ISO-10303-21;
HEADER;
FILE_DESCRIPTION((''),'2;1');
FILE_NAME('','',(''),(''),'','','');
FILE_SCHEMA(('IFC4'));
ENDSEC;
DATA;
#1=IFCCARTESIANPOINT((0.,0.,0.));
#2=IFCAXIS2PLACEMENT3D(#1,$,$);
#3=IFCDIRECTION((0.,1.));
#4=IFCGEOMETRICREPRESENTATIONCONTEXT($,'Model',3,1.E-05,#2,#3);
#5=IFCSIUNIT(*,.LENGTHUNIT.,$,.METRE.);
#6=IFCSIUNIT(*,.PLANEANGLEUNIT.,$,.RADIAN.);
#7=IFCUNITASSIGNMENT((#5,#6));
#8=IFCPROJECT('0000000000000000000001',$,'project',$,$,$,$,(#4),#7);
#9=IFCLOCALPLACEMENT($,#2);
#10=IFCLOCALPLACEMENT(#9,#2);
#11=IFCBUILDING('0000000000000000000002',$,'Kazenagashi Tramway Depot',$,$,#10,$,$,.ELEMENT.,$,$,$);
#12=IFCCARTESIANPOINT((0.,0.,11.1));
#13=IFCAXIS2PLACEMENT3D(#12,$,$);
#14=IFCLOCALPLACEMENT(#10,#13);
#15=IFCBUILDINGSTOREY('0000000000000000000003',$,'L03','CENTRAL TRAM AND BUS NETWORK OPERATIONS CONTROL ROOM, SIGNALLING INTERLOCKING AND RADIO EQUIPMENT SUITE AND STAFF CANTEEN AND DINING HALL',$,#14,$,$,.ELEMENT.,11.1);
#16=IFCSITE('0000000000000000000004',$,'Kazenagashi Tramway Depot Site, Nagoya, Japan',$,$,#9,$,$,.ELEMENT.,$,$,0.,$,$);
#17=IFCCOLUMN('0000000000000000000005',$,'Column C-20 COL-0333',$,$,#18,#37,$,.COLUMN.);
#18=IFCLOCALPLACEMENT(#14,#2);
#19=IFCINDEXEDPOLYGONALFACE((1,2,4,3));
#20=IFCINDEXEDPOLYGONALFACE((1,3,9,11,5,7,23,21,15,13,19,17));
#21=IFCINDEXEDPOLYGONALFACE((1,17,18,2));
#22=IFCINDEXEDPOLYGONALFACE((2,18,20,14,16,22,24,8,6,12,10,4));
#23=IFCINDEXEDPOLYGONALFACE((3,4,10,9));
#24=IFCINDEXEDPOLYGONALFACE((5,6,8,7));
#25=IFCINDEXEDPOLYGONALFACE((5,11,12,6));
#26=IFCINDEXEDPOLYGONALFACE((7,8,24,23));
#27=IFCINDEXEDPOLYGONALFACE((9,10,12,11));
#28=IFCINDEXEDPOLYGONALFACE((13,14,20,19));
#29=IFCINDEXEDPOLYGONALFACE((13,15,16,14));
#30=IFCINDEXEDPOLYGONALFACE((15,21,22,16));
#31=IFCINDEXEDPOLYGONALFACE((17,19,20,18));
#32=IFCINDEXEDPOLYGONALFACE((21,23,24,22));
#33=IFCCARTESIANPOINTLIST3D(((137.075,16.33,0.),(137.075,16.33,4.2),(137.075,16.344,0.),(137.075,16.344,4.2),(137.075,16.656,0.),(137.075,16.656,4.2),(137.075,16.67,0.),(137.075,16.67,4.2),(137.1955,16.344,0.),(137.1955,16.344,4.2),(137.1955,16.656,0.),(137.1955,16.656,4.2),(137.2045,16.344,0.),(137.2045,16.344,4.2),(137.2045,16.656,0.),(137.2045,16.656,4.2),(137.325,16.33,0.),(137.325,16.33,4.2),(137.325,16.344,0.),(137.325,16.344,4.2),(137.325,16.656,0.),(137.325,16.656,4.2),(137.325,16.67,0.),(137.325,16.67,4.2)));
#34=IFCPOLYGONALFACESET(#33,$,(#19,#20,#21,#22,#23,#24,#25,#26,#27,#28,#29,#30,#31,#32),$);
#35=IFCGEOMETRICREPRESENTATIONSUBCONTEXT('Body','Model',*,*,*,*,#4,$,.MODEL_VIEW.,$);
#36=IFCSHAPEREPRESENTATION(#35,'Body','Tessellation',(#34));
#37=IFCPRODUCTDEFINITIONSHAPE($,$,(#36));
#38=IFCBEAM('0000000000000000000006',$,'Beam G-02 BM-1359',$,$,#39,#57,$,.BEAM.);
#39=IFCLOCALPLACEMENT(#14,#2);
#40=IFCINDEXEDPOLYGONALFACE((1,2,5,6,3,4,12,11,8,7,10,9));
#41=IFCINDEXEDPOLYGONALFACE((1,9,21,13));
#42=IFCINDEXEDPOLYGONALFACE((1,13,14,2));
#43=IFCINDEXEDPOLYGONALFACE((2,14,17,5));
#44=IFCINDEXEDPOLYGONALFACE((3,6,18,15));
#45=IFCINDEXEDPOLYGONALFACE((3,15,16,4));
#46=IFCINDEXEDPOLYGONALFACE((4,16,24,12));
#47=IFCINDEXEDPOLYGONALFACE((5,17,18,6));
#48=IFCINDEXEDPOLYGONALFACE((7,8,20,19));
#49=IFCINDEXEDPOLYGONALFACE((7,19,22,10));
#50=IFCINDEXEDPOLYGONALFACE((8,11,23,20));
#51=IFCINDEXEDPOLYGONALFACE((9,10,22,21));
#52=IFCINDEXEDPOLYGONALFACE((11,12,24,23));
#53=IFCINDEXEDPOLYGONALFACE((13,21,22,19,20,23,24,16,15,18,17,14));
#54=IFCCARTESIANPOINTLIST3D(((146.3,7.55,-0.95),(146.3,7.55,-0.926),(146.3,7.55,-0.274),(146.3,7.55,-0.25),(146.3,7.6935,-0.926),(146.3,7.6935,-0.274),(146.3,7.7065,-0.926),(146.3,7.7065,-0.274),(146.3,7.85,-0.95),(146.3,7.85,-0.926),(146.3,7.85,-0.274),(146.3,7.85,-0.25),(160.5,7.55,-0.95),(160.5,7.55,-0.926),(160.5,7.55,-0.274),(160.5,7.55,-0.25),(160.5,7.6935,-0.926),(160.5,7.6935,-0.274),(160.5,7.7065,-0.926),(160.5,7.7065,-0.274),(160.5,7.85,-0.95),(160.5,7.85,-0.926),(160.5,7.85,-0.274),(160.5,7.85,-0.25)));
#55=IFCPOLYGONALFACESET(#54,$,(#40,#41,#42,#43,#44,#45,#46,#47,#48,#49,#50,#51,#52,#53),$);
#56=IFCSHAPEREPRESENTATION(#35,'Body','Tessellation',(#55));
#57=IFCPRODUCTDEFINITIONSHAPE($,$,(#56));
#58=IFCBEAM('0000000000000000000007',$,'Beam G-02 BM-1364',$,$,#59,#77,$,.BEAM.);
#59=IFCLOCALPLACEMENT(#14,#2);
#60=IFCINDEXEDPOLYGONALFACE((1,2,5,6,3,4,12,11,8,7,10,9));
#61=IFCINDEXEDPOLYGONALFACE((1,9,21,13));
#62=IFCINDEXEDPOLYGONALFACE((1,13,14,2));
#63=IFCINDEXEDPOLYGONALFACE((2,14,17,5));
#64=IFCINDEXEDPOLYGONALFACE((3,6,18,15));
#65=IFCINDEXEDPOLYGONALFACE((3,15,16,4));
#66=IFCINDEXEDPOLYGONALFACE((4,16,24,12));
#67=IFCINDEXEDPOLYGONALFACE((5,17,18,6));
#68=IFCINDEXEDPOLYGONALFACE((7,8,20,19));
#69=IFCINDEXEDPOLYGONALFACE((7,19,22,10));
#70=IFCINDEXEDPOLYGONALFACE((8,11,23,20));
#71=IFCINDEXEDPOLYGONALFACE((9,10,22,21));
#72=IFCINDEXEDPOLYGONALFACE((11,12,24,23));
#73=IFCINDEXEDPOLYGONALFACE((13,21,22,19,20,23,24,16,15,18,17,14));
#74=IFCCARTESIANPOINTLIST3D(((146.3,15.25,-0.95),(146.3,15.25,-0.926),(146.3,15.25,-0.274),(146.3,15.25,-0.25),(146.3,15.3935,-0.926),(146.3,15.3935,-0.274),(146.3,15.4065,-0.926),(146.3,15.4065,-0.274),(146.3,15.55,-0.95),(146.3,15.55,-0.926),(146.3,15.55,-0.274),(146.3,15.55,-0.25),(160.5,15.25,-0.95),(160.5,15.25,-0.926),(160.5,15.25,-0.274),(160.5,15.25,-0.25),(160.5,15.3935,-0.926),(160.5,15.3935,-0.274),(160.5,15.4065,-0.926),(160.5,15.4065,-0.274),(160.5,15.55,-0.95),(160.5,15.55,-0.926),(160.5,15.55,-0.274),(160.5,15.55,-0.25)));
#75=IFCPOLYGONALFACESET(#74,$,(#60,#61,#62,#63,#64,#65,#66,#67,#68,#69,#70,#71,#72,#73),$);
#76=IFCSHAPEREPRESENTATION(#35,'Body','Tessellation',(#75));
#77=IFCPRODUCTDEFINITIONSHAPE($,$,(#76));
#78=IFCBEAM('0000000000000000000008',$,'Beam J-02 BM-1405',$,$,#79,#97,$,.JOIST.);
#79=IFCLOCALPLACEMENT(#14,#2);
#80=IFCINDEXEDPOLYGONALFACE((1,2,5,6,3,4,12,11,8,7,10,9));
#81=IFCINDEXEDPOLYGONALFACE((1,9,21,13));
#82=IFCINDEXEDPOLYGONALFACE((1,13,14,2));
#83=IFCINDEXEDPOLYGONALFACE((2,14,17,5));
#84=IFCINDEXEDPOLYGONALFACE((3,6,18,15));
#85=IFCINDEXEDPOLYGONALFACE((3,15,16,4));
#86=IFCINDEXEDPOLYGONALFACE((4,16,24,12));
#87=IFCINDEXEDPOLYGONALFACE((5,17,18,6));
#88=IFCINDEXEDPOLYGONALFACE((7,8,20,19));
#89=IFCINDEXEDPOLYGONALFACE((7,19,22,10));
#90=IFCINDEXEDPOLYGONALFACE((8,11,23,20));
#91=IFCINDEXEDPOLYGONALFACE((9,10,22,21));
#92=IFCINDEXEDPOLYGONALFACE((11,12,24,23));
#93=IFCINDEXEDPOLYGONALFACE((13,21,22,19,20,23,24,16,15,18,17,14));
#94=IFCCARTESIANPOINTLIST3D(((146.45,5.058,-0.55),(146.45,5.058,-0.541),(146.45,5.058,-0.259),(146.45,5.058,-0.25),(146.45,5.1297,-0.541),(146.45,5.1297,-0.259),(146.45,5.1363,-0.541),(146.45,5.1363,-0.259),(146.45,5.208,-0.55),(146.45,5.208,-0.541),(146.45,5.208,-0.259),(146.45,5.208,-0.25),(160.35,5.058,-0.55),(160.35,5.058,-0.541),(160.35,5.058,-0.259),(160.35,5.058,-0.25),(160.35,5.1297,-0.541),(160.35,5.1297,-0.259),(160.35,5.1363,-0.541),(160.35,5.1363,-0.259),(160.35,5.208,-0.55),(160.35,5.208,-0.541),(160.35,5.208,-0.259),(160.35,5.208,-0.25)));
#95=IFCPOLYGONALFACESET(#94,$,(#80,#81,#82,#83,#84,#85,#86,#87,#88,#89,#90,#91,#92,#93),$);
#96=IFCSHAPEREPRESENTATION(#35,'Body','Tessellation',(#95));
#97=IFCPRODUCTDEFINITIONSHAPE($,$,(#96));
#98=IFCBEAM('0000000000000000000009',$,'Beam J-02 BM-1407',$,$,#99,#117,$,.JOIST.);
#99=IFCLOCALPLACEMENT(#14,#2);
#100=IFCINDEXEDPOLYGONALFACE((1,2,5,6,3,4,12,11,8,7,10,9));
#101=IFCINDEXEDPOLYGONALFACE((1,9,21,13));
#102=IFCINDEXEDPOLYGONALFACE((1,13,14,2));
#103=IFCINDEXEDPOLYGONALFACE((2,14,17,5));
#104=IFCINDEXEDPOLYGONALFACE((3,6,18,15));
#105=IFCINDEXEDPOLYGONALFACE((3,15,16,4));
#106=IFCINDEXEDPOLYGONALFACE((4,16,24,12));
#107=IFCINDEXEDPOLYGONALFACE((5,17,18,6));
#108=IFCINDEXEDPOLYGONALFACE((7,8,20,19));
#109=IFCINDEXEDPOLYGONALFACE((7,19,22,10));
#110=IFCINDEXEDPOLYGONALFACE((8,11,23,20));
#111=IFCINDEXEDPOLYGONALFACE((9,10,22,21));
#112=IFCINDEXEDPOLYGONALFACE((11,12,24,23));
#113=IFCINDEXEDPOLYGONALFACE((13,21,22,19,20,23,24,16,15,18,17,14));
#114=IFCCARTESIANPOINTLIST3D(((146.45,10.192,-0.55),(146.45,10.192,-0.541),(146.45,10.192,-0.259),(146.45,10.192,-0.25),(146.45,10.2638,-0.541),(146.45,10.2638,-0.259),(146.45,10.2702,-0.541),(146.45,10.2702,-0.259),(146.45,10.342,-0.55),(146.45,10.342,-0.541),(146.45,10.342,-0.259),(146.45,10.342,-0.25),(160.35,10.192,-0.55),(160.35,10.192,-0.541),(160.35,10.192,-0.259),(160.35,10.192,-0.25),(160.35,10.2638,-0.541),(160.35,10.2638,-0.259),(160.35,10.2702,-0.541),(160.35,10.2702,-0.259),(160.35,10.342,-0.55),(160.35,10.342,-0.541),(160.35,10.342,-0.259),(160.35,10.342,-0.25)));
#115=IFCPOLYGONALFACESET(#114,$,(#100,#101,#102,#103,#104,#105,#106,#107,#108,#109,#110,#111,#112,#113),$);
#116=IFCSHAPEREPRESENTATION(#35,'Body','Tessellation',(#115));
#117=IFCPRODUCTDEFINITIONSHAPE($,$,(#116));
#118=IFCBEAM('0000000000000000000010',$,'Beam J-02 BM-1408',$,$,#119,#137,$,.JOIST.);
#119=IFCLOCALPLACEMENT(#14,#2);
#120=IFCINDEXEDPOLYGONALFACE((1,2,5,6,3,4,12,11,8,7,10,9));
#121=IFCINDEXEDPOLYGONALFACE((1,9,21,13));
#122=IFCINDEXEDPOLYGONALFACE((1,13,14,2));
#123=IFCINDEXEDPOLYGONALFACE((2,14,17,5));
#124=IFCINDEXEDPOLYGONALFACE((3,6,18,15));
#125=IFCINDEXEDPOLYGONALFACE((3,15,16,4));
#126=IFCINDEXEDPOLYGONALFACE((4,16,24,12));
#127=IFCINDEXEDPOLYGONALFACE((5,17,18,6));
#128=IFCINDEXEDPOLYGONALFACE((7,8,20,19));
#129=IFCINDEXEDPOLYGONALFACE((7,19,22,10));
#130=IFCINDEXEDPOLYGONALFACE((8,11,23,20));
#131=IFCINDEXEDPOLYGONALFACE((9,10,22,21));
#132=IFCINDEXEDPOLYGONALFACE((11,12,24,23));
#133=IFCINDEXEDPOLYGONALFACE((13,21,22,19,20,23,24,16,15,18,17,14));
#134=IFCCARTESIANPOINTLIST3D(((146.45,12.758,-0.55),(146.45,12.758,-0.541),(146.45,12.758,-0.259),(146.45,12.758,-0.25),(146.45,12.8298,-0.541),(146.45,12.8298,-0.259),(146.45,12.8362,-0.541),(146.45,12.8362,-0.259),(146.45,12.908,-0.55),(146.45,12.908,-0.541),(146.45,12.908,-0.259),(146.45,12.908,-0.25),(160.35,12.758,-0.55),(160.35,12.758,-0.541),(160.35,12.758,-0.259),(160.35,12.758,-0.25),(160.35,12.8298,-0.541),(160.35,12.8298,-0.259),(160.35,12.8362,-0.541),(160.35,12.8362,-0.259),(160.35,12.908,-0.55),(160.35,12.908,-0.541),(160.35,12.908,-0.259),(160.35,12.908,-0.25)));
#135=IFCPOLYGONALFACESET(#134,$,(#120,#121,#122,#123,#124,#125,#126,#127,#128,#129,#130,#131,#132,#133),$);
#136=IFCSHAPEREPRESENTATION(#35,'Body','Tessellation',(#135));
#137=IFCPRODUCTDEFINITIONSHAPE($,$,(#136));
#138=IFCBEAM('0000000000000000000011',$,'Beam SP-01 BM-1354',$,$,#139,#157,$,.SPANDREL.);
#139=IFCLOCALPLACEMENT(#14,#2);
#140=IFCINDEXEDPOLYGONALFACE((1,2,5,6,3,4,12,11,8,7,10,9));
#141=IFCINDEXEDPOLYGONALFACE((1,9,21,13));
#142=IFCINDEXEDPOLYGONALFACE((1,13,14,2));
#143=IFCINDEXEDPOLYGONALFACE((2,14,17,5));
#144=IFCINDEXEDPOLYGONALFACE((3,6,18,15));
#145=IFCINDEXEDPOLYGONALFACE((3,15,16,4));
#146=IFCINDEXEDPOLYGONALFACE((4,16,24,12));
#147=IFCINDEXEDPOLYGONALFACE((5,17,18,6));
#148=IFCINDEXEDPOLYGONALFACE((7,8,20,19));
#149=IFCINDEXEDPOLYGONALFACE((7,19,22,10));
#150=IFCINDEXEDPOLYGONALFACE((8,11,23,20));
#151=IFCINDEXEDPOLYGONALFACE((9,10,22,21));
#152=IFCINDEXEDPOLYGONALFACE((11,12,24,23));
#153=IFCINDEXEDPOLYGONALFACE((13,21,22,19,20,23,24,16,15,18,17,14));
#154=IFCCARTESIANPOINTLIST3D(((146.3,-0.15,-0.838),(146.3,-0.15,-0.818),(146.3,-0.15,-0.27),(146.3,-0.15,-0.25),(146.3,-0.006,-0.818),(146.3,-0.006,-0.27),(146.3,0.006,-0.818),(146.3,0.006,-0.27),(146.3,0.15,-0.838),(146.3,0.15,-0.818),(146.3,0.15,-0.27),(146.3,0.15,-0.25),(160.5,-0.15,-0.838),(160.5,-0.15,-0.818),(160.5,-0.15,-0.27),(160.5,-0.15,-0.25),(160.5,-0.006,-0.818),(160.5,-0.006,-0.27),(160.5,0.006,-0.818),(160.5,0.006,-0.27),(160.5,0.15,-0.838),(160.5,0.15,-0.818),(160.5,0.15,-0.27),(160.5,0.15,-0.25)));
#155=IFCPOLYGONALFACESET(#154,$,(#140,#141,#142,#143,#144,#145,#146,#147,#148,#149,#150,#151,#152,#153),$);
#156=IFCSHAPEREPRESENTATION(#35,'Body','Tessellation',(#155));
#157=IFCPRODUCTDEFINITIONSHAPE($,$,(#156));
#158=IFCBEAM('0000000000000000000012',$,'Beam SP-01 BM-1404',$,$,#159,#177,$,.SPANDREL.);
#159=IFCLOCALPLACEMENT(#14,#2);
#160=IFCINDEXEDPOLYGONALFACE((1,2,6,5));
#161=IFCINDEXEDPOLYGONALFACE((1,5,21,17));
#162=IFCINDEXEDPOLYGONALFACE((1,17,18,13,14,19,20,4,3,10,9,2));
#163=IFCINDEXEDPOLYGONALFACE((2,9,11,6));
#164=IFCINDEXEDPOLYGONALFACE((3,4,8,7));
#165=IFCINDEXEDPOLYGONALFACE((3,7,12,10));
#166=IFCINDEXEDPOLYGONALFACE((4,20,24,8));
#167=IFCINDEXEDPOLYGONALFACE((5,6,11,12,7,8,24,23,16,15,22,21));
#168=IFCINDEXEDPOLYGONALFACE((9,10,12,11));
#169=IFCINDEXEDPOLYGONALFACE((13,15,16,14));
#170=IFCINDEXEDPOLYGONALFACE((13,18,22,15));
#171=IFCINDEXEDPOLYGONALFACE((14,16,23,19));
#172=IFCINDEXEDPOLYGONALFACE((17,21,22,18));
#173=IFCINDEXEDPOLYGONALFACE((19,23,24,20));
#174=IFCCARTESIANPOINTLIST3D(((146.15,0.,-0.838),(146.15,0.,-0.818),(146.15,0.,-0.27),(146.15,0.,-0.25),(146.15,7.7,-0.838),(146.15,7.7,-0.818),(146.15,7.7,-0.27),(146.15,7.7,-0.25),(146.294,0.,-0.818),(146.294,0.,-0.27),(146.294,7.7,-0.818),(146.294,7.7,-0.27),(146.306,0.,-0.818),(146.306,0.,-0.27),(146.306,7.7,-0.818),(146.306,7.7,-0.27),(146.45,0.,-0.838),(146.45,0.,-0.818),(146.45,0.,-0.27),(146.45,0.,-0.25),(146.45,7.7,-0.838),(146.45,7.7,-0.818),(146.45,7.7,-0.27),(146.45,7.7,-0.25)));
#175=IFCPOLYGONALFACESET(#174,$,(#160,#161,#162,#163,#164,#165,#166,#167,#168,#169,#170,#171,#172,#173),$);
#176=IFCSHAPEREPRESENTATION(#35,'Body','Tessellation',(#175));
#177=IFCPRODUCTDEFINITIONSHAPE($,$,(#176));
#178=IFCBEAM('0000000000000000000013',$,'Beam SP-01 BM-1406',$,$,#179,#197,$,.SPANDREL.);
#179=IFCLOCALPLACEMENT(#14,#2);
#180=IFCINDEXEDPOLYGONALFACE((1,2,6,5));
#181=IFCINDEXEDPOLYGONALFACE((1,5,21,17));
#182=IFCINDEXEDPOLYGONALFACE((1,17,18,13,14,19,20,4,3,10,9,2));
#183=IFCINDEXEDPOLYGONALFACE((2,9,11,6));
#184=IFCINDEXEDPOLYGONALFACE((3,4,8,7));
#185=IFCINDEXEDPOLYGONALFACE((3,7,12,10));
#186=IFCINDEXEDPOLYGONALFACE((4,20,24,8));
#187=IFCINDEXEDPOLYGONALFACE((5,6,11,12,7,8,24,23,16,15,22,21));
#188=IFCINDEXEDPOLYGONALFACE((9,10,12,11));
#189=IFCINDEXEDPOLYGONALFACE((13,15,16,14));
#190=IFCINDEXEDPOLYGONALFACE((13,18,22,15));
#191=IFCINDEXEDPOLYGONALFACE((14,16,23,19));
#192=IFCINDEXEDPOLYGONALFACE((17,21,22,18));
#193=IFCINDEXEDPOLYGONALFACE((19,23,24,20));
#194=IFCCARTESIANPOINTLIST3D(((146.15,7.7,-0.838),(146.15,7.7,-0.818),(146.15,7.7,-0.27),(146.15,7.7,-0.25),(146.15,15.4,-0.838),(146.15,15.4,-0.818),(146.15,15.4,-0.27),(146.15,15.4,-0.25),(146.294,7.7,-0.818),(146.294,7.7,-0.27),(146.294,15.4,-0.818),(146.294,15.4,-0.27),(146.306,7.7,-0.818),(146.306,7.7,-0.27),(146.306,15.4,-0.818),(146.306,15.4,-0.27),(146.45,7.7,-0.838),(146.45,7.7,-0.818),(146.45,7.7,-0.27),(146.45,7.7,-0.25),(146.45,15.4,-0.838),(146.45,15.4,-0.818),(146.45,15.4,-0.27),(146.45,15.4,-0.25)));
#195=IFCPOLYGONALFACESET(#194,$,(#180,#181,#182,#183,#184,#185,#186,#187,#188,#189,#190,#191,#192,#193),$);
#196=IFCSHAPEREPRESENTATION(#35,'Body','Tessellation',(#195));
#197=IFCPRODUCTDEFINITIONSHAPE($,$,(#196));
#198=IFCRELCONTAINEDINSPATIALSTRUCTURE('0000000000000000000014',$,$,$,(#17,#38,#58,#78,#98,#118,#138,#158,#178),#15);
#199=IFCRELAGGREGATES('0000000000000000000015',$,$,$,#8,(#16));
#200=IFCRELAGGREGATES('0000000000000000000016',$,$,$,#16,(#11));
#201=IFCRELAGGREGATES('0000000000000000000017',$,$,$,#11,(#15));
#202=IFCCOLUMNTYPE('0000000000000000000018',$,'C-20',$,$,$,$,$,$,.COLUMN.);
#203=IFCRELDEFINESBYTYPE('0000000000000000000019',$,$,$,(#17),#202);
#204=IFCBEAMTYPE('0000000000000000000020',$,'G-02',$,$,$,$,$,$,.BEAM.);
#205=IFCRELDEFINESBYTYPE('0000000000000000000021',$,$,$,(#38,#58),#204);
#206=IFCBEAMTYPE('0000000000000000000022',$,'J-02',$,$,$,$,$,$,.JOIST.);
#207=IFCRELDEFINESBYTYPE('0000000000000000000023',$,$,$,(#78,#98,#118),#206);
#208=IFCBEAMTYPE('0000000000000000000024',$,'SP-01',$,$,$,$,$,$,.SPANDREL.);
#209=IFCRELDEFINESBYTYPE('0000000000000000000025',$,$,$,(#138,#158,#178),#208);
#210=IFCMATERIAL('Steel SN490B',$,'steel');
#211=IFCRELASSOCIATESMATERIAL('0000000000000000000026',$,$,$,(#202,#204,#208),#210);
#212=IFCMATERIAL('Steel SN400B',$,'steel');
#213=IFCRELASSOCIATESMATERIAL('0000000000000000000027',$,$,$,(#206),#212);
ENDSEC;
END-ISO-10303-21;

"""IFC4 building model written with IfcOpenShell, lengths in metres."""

from ifc_helpers import new_model, si_unit, direction, frame, origin, origin_2d, place, context, subcontext, project, spatial, i_section, extrude, material, material_profile, profile_set, type_object, element, save


model = new_model("IFC4")

# Units and contexts
model_context = context("Model", 3, precision=1e-05, world=origin(), true_north=direction((0.0, 1.0)))
body_context = subcontext(model_context, "Body", "Model", "MODEL_VIEW")
ifc_project = project(units=[si_unit("LENGTHUNIT", "METRE"), si_unit("PLANEANGLEUNIT", "RADIAN")], contexts=[model_context])

# Site, building, storey
site_placement = place(None, origin())
site = spatial("IfcSite", under=ifc_project, at=site_placement, Name="Kazenagashi Tramway Depot Site, Nagoya, Japan", CompositionType="ELEMENT", RefElevation=0.0)
building_placement = place(site_placement, origin())
building = spatial("IfcBuilding", under=site, at=building_placement, Name="Kazenagashi Tramway Depot", CompositionType="ELEMENT")
storey_placement = place(building_placement, frame((0.0, 0.0, 11.1)))
storey = spatial("IfcBuildingStorey", under=building, at=storey_placement, Name="L03", Description="CENTRAL TRAM AND BUS NETWORK OPERATIONS CONTROL ROOM, SIGNALLING INTERLOCKING AND RADIO EQUIPMENT SUITE AND STAFF CANTEEN AND DINING HALL", CompositionType="ELEMENT", Elevation=11.1)

# Column
ifc_material_1 = material(Name="Steel SN490B", Category="steel")
ifc_material_profile_1 = material_profile(ifc_material_1, i_section(OverallWidth=0.25, OverallDepth=0.34, WebThickness=0.009, FlangeThickness=0.014, at=origin_2d()), Name="H-340x250x9x14")
ifc_profile_set_1 = profile_set([ifc_material_profile_1], Name="Steel SN490B")
column_type = type_object("IfcColumnType", Name="C-20", PredefinedType="COLUMN", material=ifc_profile_set_1)
column_placement = place(storey_placement, frame((137.2, 16.5, 0.0), z_axis=(0.0, 0.0, 1.0), x_axis=(1.0, 0.0, 0.0)))
element("IfcColumn", 1, at=column_placement, inside=storey, type_object=column_type, Name="Column C-20 COL-0333", PredefinedType="COLUMN", context=body_context, shape_type="SweptSolid", body=[
    extrude(i_section(OverallWidth=0.25, OverallDepth=0.34, WebThickness=0.009, FlangeThickness=0.014, at=origin_2d()), origin(), (0.0, 0.0, 1.0), 4.2),
])

# Beams
ifc_material_profile_2 = material_profile(ifc_material_1, i_section(OverallWidth=0.3, OverallDepth=0.7, WebThickness=0.013, FlangeThickness=0.024, at=origin_2d()), Name="H-700x300x13x24")
ifc_profile_set_2 = profile_set([ifc_material_profile_2], Name="Steel SN490B")
beam_type_1 = type_object("IfcBeamType", Name="G-02", PredefinedType="BEAM", material=ifc_profile_set_2)
for number, where, z_axis, x_axis, name in (
    (2, (146.3, 7.7, -0.6), (1.0, 0.0, 0.0), (0.0, 1.0, 0.0), "Beam G-02 BM-1359"),
    (3, (146.3, 15.4, -0.6), (1.0, 0.0, 0.0), (0.0, 1.0, 0.0), "Beam G-02 BM-1364"),
):
    element("IfcBeam", number, at=place(storey_placement, frame(where, z_axis=z_axis, x_axis=x_axis)), inside=storey, type_object=beam_type_1, Name=name, PredefinedType="BEAM", context=body_context, shape_type="SweptSolid", body=[
        extrude(i_section(OverallWidth=0.3, OverallDepth=0.7, WebThickness=0.013, FlangeThickness=0.024, at=origin_2d()), origin(), (0.0, 0.0, 1.0), 14.2),
    ])
ifc_material_2 = material(Name="Steel SN400B", Category="steel")
ifc_material_profile_3 = material_profile(ifc_material_2, i_section(OverallWidth=0.15, OverallDepth=0.3, WebThickness=0.0065, FlangeThickness=0.009, at=origin_2d()), Name="H-300x150x6.5x9")
ifc_profile_set_3 = profile_set([ifc_material_profile_3], Name="Steel SN400B")
beam_type_2 = type_object("IfcBeamType", Name="J-02", PredefinedType="JOIST", material=ifc_profile_set_3)
for number, where, z_axis, x_axis, name in (
    (4, (146.45, 5.133, -0.4), (1.0, 0.0, 0.0), (0.0, 1.0, 0.0), "Beam J-02 BM-1405"),
    (5, (146.45, 10.267, -0.4), (1.0, 0.0, 0.0), (0.0, 1.0, 0.0), "Beam J-02 BM-1407"),
    (6, (146.45, 12.833, -0.4), (1.0, 0.0, 0.0), (0.0, 1.0, 0.0), "Beam J-02 BM-1408"),
):
    element("IfcBeam", number, at=place(storey_placement, frame(where, z_axis=z_axis, x_axis=x_axis)), inside=storey, type_object=beam_type_2, Name=name, PredefinedType="JOIST", context=body_context, shape_type="SweptSolid", body=[
        extrude(i_section(OverallWidth=0.15, OverallDepth=0.3, WebThickness=0.0065, FlangeThickness=0.009, at=origin_2d()), origin(), (0.0, 0.0, 1.0), 13.9),
    ])
ifc_material_profile_4 = material_profile(ifc_material_1, i_section(OverallWidth=0.3, OverallDepth=0.588, WebThickness=0.012, FlangeThickness=0.02, at=origin_2d()), Name="H-588x300x12x20")
ifc_profile_set_4 = profile_set([ifc_material_profile_4], Name="Steel SN490B")
beam_type_3 = type_object("IfcBeamType", Name="SP-01", PredefinedType="SPANDREL", material=ifc_profile_set_4)
beam_placement = place(storey_placement, frame((146.3, 0.0, -0.544), z_axis=(1.0, 0.0, 0.0), x_axis=(0.0, 1.0, 0.0)))
element("IfcBeam", 7, at=beam_placement, inside=storey, type_object=beam_type_3, Name="Beam SP-01 BM-1354", PredefinedType="SPANDREL", context=body_context, shape_type="SweptSolid", body=[
    extrude(i_section(OverallWidth=0.3, OverallDepth=0.588, WebThickness=0.012, FlangeThickness=0.02, at=origin_2d()), origin(), (0.0, 0.0, 1.0), 14.2),
])
for number, where, z_axis, x_axis, name in (
    (8, (146.3, 0.0, -0.544), (0.0, 1.0, 0.0), (-1.0, 0.0, 0.0), "Beam SP-01 BM-1404"),
    (9, (146.3, 7.7, -0.544), (0.0, 1.0, 0.0), (-1.0, 0.0, 0.0), "Beam SP-01 BM-1406"),
):
    element("IfcBeam", number, at=place(storey_placement, frame(where, z_axis=z_axis, x_axis=x_axis)), inside=storey, type_object=beam_type_3, Name=name, PredefinedType="SPANDREL", context=body_context, shape_type="SweptSolid", body=[
        extrude(i_section(OverallWidth=0.3, OverallDepth=0.588, WebThickness=0.012, FlangeThickness=0.02, at=origin_2d()), origin(), (0.0, 0.0, 1.0), 7.7),
    ])

save(model, "model.ifc")
